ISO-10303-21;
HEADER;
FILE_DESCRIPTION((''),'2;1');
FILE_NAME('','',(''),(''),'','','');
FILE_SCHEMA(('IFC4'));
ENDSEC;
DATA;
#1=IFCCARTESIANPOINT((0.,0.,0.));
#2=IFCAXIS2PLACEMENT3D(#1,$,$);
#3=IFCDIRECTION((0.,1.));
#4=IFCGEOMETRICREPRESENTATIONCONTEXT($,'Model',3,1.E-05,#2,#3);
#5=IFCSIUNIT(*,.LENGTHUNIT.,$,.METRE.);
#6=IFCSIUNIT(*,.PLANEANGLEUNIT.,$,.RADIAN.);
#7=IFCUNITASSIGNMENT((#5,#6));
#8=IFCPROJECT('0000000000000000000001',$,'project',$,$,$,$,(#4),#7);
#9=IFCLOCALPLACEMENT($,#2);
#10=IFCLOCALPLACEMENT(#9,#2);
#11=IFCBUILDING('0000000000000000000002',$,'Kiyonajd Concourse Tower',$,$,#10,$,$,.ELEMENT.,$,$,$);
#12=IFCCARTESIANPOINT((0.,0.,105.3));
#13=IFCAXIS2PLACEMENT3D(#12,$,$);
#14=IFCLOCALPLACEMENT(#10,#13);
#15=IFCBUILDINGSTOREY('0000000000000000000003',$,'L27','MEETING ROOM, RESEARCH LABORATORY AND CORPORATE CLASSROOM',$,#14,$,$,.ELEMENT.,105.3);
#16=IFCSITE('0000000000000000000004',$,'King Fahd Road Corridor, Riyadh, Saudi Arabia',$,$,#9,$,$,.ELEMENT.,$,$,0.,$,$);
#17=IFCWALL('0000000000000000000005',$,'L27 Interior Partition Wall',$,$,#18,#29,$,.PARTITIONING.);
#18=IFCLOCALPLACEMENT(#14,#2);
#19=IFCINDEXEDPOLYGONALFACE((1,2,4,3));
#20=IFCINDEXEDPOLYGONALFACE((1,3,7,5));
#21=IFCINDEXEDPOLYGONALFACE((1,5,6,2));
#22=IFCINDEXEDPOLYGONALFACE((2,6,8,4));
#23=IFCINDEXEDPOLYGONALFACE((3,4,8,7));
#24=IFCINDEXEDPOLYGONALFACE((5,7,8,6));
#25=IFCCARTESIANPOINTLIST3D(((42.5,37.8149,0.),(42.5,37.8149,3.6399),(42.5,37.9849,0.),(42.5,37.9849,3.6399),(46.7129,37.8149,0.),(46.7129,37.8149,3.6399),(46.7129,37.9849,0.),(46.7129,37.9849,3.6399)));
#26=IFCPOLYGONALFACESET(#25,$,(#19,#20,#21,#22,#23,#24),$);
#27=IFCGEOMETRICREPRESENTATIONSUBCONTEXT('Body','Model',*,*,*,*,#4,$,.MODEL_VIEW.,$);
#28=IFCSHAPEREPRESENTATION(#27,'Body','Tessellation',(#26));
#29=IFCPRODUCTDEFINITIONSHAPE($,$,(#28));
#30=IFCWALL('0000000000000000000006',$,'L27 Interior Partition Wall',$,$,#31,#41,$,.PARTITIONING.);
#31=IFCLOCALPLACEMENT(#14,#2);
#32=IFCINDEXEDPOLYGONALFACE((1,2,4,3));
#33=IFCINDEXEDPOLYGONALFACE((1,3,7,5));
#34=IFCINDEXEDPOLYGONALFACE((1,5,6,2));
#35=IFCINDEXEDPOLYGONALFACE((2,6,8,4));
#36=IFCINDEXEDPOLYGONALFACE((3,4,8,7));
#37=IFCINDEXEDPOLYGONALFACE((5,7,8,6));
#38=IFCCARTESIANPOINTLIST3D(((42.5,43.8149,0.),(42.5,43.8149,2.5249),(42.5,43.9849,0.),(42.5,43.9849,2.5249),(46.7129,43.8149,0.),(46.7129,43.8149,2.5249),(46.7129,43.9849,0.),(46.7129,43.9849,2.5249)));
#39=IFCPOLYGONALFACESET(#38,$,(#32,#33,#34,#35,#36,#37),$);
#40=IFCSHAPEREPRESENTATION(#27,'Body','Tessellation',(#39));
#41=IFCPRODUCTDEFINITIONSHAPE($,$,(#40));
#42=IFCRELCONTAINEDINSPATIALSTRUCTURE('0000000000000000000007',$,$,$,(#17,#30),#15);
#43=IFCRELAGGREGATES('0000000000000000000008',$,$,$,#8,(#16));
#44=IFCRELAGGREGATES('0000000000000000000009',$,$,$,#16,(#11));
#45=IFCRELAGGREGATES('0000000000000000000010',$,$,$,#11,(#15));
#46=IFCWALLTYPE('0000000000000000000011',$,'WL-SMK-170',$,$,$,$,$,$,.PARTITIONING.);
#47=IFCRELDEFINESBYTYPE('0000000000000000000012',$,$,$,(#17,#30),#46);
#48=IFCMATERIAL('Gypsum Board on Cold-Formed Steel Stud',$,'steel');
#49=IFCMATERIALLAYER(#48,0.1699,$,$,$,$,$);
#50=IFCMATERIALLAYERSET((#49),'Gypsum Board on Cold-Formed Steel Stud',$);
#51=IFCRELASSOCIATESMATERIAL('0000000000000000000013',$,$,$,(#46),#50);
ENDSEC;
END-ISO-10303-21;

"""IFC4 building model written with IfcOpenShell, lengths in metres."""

from ifc_helpers import new_model, si_unit, direction, frame, frame_2d, origin, place, context, subcontext, project, spatial, rectangle, extrude, material, layer, layer_set, type_object, element, save


model = new_model("IFC4")

# Units and contexts
model_context = context("Model", 3, precision=1e-05, world=origin(), true_north=direction((0.0, 1.0)))
body_context = subcontext(model_context, "Body", "Model", "MODEL_VIEW")
ifc_project = project(units=[si_unit("LENGTHUNIT", "METRE"), si_unit("PLANEANGLEUNIT", "RADIAN")], contexts=[model_context])

# Site, building, storey
site_placement = place(None, origin())
site = spatial("IfcSite", under=ifc_project, at=site_placement, Name="King Fahd Road Corridor, Riyadh, Saudi Arabia", CompositionType="ELEMENT", RefElevation=0.0)
building_placement = place(site_placement, origin())
building = spatial("IfcBuilding", under=site, at=building_placement, Name="Kiyonajd Concourse Tower", CompositionType="ELEMENT")
storey_placement = place(building_placement, frame((0.0, 0.0, 105.3)))
storey = spatial("IfcBuildingStorey", under=building, at=storey_placement, Name="L27", Description="MEETING ROOM, RESEARCH LABORATORY AND CORPORATE CLASSROOM", CompositionType="ELEMENT", Elevation=105.3)

# Walls
ifc_material_1 = material(Name="Gypsum Board on Cold-Formed Steel Stud", Category="steel")
ifc_layer_1 = layer(ifc_material_1, 0.1699)
ifc_layer_set_1 = layer_set([ifc_layer_1], Name="Gypsum Board on Cold-Formed Steel Stud")
wall_type_1 = type_object("IfcWallType", Name="WL-SMK-170", PredefinedType="PARTITIONING", material=ifc_layer_set_1)
wall_1_placement = place(storey_placement, frame((42.5, 37.8999, 0.0), z_axis=(0.0, 0.0, 1.0), x_axis=(1.0, 0.0, 0.0)))
element("IfcWall", 1, at=wall_1_placement, inside=storey, type_object=wall_type_1, Name="L27 Interior Partition Wall", PredefinedType="PARTITIONING", context=body_context, shape_type="SweptSolid", body=[
    extrude(rectangle(XDim=4.2129, YDim=0.1699, at=frame_2d((2.1064, 0.0))), origin(), (0.0, 0.0, 1.0), 3.6399),
])
wall_2_placement = place(storey_placement, frame((42.5, 43.8999, 0.0), z_axis=(0.0, 0.0, 1.0), x_axis=(1.0, 0.0, 0.0)))
element("IfcWall", 2, at=wall_2_placement, inside=storey, type_object=wall_type_1, Name="L27 Interior Partition Wall", PredefinedType="PARTITIONING", context=body_context, shape_type="SweptSolid", body=[
    extrude(rectangle(XDim=4.2129, YDim=0.1699, at=frame_2d((2.1064, 0.0))), origin(), (0.0, 0.0, 1.0), 2.5249),
])

save(model, "model.ifc")
